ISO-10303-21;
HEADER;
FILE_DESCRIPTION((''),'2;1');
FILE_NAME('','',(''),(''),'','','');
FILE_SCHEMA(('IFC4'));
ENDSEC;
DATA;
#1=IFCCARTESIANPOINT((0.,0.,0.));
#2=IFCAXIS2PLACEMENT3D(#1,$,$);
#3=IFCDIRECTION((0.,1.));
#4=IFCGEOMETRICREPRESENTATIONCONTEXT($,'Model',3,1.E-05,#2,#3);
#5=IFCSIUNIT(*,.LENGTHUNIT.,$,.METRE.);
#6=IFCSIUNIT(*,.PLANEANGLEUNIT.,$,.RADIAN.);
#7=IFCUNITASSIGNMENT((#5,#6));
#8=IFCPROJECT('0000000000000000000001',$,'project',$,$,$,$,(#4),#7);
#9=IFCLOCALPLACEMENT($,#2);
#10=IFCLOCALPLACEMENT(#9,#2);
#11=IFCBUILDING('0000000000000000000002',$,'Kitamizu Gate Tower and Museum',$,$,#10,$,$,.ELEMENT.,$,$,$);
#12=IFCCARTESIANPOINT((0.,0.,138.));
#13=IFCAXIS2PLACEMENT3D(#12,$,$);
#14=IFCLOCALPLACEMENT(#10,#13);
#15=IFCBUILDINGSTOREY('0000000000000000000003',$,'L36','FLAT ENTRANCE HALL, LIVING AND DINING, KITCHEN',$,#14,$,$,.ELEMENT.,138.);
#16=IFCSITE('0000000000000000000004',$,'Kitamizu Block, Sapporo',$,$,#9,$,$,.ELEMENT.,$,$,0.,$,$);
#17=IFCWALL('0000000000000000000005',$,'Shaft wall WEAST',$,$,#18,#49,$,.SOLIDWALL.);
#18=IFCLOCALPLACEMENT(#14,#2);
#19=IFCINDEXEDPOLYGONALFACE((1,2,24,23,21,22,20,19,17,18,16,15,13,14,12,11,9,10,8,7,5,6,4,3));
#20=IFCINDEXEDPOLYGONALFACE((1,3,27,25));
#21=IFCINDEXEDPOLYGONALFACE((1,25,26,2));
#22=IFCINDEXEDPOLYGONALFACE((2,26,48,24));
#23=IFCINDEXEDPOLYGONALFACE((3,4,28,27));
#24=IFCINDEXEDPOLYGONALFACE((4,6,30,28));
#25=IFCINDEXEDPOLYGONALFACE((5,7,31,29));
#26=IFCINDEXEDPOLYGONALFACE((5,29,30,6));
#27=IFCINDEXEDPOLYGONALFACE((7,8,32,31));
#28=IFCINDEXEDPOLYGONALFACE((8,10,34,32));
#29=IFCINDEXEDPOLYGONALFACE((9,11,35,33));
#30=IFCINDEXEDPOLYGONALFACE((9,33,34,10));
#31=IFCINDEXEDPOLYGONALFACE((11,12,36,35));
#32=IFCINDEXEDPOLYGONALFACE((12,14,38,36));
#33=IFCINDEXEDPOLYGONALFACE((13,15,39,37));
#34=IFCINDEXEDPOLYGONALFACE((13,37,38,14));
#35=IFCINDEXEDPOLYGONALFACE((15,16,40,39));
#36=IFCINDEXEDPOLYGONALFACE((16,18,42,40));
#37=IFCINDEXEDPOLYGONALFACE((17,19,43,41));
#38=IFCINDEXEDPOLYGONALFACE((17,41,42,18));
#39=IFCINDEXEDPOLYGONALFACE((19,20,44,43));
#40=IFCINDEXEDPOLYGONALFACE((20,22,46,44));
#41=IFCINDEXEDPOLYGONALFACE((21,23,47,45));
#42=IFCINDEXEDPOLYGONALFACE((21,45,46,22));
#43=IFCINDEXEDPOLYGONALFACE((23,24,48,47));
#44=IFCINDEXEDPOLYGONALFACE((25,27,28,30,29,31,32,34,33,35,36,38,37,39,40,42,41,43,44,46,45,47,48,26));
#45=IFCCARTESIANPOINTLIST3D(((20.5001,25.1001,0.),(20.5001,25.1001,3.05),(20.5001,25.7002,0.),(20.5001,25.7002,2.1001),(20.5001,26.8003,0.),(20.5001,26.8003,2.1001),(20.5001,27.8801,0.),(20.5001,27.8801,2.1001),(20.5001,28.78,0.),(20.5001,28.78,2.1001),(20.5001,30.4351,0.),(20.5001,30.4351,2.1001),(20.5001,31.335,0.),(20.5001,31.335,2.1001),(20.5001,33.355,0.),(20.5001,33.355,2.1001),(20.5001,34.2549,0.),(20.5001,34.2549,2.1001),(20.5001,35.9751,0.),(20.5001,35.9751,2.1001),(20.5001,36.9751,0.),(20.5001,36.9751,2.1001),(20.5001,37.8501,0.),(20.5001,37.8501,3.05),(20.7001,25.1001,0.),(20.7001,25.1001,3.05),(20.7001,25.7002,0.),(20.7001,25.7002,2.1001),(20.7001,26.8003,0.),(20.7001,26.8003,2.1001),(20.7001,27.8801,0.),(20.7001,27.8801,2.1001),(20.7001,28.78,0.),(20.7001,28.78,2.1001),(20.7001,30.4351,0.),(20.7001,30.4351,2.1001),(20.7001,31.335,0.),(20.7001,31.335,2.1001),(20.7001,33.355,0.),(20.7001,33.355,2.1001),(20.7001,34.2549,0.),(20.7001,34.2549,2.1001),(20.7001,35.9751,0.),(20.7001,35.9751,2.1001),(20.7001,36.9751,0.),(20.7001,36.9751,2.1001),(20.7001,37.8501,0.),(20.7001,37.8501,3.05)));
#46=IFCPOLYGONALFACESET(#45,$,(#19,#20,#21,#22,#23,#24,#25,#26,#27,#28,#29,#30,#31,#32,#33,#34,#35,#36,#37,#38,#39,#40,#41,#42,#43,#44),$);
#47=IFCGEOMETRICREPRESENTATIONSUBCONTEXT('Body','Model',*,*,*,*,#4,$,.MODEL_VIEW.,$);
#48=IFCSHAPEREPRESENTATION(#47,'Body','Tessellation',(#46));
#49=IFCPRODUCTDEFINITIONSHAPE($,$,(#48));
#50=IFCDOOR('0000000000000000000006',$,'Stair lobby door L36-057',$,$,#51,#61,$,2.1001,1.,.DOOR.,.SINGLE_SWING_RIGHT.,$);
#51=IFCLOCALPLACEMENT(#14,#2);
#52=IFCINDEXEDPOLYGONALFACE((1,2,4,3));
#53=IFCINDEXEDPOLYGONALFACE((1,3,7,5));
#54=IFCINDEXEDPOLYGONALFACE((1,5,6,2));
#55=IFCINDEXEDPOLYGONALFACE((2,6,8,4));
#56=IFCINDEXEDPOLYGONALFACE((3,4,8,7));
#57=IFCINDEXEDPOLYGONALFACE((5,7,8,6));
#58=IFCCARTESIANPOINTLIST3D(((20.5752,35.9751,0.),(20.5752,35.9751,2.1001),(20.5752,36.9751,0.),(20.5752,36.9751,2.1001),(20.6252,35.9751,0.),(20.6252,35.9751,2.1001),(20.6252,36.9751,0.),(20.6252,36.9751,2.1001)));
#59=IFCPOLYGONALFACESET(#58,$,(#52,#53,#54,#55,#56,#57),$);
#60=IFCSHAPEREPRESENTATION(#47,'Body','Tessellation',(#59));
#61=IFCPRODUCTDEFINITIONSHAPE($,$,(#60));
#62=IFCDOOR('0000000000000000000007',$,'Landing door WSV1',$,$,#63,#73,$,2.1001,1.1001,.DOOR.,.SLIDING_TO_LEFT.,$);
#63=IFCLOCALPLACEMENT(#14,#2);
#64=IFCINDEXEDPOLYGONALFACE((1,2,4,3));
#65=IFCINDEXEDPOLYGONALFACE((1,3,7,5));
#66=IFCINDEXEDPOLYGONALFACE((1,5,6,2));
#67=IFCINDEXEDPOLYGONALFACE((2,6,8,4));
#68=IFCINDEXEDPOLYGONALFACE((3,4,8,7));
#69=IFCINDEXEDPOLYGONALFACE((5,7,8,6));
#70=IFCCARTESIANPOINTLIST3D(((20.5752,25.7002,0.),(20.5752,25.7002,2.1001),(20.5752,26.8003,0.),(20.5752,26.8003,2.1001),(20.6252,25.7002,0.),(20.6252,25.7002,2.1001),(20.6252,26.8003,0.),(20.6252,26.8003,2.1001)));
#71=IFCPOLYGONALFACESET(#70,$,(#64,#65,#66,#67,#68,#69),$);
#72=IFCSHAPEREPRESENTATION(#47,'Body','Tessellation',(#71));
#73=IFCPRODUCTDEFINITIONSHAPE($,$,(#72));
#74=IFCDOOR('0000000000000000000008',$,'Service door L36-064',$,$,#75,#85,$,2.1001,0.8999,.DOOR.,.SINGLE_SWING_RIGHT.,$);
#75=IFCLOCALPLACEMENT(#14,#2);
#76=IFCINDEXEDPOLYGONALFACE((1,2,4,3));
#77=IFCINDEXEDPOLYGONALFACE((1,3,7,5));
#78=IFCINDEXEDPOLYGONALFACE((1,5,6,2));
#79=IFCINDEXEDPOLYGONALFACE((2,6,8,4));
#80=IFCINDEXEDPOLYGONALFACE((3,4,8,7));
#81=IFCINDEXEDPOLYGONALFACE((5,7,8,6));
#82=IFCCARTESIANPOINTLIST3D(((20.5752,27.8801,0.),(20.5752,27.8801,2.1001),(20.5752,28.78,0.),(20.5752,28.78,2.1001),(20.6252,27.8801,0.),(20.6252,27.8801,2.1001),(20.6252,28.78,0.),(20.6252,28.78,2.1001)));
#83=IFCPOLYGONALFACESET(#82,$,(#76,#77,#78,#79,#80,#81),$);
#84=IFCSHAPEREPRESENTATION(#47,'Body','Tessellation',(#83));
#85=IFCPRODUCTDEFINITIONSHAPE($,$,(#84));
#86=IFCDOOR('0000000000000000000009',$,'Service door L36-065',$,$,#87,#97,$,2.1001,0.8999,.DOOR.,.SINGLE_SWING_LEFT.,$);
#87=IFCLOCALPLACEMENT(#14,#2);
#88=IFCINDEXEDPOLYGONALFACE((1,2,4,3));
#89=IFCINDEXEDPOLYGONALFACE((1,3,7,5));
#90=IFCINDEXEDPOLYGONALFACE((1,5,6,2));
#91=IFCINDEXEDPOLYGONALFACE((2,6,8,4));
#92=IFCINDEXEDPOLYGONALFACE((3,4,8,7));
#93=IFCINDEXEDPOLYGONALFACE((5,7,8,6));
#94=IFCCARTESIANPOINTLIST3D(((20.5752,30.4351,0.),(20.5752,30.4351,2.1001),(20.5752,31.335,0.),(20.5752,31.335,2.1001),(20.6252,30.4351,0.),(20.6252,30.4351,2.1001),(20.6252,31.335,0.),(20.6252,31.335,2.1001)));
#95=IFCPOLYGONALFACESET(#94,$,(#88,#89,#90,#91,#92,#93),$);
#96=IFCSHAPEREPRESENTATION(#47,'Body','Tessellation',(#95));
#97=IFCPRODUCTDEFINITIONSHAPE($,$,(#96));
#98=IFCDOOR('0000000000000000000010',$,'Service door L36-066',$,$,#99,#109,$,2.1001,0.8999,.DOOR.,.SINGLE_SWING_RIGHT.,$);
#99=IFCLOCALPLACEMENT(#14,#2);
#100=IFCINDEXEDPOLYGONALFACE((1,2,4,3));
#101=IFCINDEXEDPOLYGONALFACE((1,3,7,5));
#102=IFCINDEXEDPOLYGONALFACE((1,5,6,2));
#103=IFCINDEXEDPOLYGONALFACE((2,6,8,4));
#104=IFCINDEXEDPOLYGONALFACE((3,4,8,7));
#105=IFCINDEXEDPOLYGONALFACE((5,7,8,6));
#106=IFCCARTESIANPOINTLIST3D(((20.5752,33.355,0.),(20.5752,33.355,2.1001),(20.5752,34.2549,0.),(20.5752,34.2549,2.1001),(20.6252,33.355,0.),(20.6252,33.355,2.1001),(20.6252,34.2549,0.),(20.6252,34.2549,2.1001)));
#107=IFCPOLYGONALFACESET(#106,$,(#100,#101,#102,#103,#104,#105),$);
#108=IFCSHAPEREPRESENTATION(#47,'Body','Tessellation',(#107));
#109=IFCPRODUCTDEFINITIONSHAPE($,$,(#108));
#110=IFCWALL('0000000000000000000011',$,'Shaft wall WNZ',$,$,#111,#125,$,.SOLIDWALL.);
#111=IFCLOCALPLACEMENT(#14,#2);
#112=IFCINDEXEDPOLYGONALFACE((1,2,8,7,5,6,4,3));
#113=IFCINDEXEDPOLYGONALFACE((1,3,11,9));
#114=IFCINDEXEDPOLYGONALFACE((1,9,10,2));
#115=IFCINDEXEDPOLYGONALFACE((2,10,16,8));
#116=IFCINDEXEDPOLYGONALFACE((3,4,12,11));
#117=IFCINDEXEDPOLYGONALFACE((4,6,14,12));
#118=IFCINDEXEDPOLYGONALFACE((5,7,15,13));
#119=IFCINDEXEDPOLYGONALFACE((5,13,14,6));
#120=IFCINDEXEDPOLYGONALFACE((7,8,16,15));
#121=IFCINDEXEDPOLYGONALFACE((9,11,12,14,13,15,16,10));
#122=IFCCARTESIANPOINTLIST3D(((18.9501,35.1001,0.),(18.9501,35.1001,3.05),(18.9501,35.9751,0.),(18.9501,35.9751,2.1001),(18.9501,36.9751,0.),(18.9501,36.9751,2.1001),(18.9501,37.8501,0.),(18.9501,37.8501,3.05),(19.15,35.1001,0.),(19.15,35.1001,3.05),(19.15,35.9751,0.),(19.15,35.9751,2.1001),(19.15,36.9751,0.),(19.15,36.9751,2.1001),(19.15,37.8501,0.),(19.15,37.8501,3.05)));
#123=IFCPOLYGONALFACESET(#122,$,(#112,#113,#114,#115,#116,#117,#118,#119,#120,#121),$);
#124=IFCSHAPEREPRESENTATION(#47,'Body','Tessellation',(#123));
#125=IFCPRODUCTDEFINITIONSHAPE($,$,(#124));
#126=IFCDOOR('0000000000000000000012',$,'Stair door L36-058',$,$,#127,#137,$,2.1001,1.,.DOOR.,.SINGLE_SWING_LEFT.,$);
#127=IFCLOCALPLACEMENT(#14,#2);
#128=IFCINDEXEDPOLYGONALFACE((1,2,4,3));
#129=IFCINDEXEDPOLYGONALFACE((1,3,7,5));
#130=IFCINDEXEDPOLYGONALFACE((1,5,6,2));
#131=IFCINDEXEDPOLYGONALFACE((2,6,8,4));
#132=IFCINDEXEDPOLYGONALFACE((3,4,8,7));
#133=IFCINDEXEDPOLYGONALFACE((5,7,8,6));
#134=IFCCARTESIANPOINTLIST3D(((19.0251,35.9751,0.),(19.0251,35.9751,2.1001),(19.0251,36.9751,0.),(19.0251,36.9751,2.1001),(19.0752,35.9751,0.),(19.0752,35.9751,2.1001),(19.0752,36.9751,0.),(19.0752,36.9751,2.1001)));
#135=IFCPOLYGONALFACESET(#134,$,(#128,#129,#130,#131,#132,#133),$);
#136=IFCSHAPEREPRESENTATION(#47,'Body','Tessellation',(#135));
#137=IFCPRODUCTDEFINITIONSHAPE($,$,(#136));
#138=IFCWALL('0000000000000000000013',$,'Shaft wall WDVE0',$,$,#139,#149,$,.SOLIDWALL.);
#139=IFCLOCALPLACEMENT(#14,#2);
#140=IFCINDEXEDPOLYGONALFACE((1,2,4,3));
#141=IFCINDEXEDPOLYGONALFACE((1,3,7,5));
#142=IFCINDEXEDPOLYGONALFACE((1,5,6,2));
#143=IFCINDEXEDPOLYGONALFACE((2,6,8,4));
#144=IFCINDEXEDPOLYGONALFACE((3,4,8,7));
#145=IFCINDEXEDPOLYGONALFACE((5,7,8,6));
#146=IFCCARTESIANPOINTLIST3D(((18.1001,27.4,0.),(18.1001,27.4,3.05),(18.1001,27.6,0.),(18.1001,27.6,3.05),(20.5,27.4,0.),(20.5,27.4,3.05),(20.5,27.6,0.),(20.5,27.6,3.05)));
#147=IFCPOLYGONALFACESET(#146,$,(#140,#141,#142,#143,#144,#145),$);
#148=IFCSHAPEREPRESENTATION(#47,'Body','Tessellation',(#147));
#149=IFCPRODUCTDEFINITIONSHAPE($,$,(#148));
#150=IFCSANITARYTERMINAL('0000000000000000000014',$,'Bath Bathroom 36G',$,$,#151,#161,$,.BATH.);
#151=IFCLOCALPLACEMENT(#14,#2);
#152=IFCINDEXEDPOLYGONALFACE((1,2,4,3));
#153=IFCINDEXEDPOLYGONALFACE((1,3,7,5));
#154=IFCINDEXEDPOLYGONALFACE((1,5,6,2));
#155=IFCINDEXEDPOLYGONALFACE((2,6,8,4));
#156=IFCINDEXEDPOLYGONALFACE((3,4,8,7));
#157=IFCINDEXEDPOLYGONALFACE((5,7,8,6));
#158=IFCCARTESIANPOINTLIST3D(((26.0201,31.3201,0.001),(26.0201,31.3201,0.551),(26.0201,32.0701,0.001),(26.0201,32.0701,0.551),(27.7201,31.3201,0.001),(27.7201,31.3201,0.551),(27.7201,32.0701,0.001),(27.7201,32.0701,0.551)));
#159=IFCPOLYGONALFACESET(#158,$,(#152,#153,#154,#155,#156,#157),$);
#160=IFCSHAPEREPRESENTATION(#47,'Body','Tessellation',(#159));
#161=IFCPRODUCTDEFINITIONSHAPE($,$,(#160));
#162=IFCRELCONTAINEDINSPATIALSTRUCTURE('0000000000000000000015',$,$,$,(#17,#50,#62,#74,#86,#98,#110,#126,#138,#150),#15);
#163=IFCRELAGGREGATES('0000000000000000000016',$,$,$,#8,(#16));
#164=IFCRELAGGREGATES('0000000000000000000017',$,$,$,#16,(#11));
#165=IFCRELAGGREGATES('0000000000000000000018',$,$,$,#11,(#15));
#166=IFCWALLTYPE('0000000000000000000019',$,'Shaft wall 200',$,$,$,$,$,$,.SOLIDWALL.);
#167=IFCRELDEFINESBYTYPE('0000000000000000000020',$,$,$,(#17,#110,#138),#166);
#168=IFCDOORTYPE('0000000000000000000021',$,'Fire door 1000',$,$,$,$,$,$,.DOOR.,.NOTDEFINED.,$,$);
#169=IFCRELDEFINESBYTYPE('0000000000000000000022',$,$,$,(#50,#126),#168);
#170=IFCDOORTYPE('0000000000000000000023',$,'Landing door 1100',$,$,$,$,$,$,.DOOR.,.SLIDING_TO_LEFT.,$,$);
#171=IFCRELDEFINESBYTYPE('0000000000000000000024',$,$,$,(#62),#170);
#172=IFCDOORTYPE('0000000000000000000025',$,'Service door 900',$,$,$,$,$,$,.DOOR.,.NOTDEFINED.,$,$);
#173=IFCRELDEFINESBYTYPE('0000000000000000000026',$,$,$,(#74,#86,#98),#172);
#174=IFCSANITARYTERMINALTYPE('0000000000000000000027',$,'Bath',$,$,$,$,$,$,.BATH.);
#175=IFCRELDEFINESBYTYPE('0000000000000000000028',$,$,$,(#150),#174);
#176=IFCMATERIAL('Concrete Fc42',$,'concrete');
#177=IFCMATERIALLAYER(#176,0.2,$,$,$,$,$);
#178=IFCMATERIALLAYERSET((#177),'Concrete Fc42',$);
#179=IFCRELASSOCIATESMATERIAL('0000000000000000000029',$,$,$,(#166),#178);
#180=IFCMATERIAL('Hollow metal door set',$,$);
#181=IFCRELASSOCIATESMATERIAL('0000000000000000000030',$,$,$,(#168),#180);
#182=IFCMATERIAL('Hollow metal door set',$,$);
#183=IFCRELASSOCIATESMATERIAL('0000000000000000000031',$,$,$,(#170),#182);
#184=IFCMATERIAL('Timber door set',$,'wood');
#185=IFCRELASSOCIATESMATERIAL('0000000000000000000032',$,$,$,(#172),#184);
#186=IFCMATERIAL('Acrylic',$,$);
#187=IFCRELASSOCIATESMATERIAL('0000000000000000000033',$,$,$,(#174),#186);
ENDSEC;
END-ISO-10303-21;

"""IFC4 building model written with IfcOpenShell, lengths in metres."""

from ifc_helpers import new_model, si_unit, direction, frame, frame_2d, origin, origin_2d, place, context, subcontext, project, spatial, rectangle, extrude, material, layer, layer_set, type_object, element, fill, save


model = new_model("IFC4")

# Units and contexts
model_context = context("Model", 3, precision=1e-05, world=origin(), true_north=direction((0.0, 1.0)))
body_context = subcontext(model_context, "Body", "Model", "MODEL_VIEW")
ifc_project = project(units=[si_unit("LENGTHUNIT", "METRE"), si_unit("PLANEANGLEUNIT", "RADIAN")], contexts=[model_context])

# Site, building, storey
site_placement = place(None, origin())
site = spatial("IfcSite", under=ifc_project, at=site_placement, Name="Kitamizu Block, Sapporo", CompositionType="ELEMENT", RefElevation=0.0)
building_placement = place(site_placement, origin())
building = spatial("IfcBuilding", under=site, at=building_placement, Name="Kitamizu Gate Tower and Museum", CompositionType="ELEMENT")
storey_placement = place(building_placement, frame((0.0, 0.0, 138.0)))
storey = spatial("IfcBuildingStorey", under=building, at=storey_placement, Name="L36", Description="FLAT ENTRANCE HALL, LIVING AND DINING, KITCHEN", CompositionType="ELEMENT", Elevation=138.0)

# Wall, openings, doors
ifc_material_1 = material(Name="Concrete Fc42", Category="concrete")
ifc_layer_1 = layer(ifc_material_1, 0.2)
ifc_layer_set_1 = layer_set([ifc_layer_1], Name="Concrete Fc42")
wall_type_1 = type_object("IfcWallType", Name="Shaft wall 200", PredefinedType="SOLIDWALL", material=ifc_layer_set_1)
wall_1_placement = place(storey_placement, frame((20.6001, 25.1001, 0.0), z_axis=(0.0, 0.0, 1.0), x_axis=(0.0, 1.0, 0.0)))
wall_1 = element("IfcWall", 1, at=wall_1_placement, inside=storey, type_object=wall_type_1, Name="Shaft wall WEAST", PredefinedType="SOLIDWALL", context=body_context, shape_type="SweptSolid", body=[
    extrude(rectangle(XDim=12.75, YDim=0.2, at=frame_2d((6.375, 0.0))), origin(), (0.0, 0.0, 1.0), 3.05),
])
opening_1_placement = place(wall_1_placement, frame((0.6001, 0.0, 0.0)))
opening_1 = element("IfcOpeningElement", 2, at=opening_1_placement, cuts=wall_1, PredefinedType="OPENING", context=body_context, shape_type="SweptSolid", body=[
    extrude(rectangle(XDim=1.1001, YDim=2.1001, at=frame_2d((0.55, 1.05))), frame((0.0, 0.1099, 0.0), z_axis=(0.0, -1.0, 0.0), x_axis=(1.0, 0.0, 0.0)), (0.0, 0.0, 1.0), 0.22),
])
opening_2_placement = place(wall_1_placement, frame((10.875, 0.0, 0.0)))
opening_2 = element("IfcOpeningElement", 3, at=opening_2_placement, cuts=wall_1, PredefinedType="OPENING", context=body_context, shape_type="SweptSolid", body=[
    extrude(rectangle(XDim=1.0, YDim=2.1001, at=frame_2d((0.5, 1.05))), frame((0.0, 0.1099, 0.0), z_axis=(0.0, -1.0, 0.0), x_axis=(1.0, 0.0, 0.0)), (0.0, 0.0, 1.0), 0.22),
])
opening_3_placement = place(wall_1_placement, frame((2.78, 0.0, 0.0)))
opening_3 = element("IfcOpeningElement", 4, at=opening_3_placement, cuts=wall_1, PredefinedType="OPENING", context=body_context, shape_type="SweptSolid", body=[
    extrude(rectangle(XDim=0.8999, YDim=2.1001, at=frame_2d((0.45, 1.05))), frame((0.0, 0.1099, 0.0), z_axis=(0.0, -1.0, 0.0), x_axis=(1.0, 0.0, 0.0)), (0.0, 0.0, 1.0), 0.22),
])
opening_4_placement = place(wall_1_placement, frame((5.335, 0.0, 0.0)))
opening_4 = element("IfcOpeningElement", 5, at=opening_4_placement, cuts=wall_1, PredefinedType="OPENING", context=body_context, shape_type="SweptSolid", body=[
    extrude(rectangle(XDim=0.8999, YDim=2.1001, at=frame_2d((0.45, 1.05))), frame((0.0, 0.1099, 0.0), z_axis=(0.0, -1.0, 0.0), x_axis=(1.0, 0.0, 0.0)), (0.0, 0.0, 1.0), 0.22),
])
opening_5_placement = place(wall_1_placement, frame((8.2549, 0.0, 0.0)))
opening_5 = element("IfcOpeningElement", 6, at=opening_5_placement, cuts=wall_1, PredefinedType="OPENING", context=body_context, shape_type="SweptSolid", body=[
    extrude(rectangle(XDim=0.8999, YDim=2.1001, at=frame_2d((0.45, 1.05))), frame((0.0, 0.1099, 0.0), z_axis=(0.0, -1.0, 0.0), x_axis=(1.0, 0.0, 0.0)), (0.0, 0.0, 1.0), 0.22),
])
ifc_material_2 = material(Name="Hollow metal door set")
door_type_1 = type_object("IfcDoorType", Name="Fire door 1000", OperationType="NOTDEFINED", PredefinedType="DOOR", material=ifc_material_2)
door_1_placement = place(opening_2_placement, origin())
door_1 = element("IfcDoor", 7, at=door_1_placement, inside=storey, type_object=door_type_1, Name="Stair lobby door L36-057", OperationType="SINGLE_SWING_RIGHT", OverallHeight=2.1001, OverallWidth=1.0, PredefinedType="DOOR", context=body_context, shape_type="SweptSolid", body=[
    extrude(rectangle(XDim=1.0, YDim=2.1001, at=frame_2d((0.5, 1.05))), frame((0.0, 0.0249, 0.0), z_axis=(0.0, -1.0, 0.0), x_axis=(1.0, 0.0, 0.0)), (0.0, 0.0, 1.0), 0.05),
])
fill(opening_2, door_1)
ifc_material_3 = material(Name="Hollow metal door set")
door_type_2 = type_object("IfcDoorType", Name="Landing door 1100", OperationType="SLIDING_TO_LEFT", PredefinedType="DOOR", material=ifc_material_3)
door_2_placement = place(opening_1_placement, origin())
door_2 = element("IfcDoor", 8, at=door_2_placement, inside=storey, type_object=door_type_2, Name="Landing door WSV1", OperationType="SLIDING_TO_LEFT", OverallHeight=2.1001, OverallWidth=1.1001, PredefinedType="DOOR", context=body_context, shape_type="SweptSolid", body=[
    extrude(rectangle(XDim=1.1001, YDim=2.1001, at=frame_2d((0.55, 1.05))), frame((0.0, 0.0249, 0.0), z_axis=(0.0, -1.0, 0.0), x_axis=(1.0, 0.0, 0.0)), (0.0, 0.0, 1.0), 0.05),
])
fill(opening_1, door_2)
ifc_material_4 = material(Name="Timber door set", Category="wood")
door_type_3 = type_object("IfcDoorType", Name="Service door 900", OperationType="NOTDEFINED", PredefinedType="DOOR", material=ifc_material_4)
door_3_placement = place(opening_3_placement, origin())
door_3 = element("IfcDoor", 9, at=door_3_placement, inside=storey, type_object=door_type_3, Name="Service door L36-064", OperationType="SINGLE_SWING_RIGHT", OverallHeight=2.1001, OverallWidth=0.8999, PredefinedType="DOOR", context=body_context, shape_type="SweptSolid", body=[
    extrude(rectangle(XDim=0.8999, YDim=2.1001, at=frame_2d((0.45, 1.05))), frame((0.0, 0.0249, 0.0), z_axis=(0.0, -1.0, 0.0), x_axis=(1.0, 0.0, 0.0)), (0.0, 0.0, 1.0), 0.05),
])
fill(opening_3, door_3)
door_4_placement = place(opening_4_placement, origin())
door_4 = element("IfcDoor", 10, at=door_4_placement, inside=storey, type_object=door_type_3, Name="Service door L36-065", OperationType="SINGLE_SWING_LEFT", OverallHeight=2.1001, OverallWidth=0.8999, PredefinedType="DOOR", context=body_context, shape_type="SweptSolid", body=[
    extrude(rectangle(XDim=0.8999, YDim=2.1001, at=frame_2d((0.45, 1.05))), frame((0.0, 0.0249, 0.0), z_axis=(0.0, -1.0, 0.0), x_axis=(1.0, 0.0, 0.0)), (0.0, 0.0, 1.0), 0.05),
])
fill(opening_4, door_4)
door_5_placement = place(opening_5_placement, origin())
door_5 = element("IfcDoor", 11, at=door_5_placement, inside=storey, type_object=door_type_3, Name="Service door L36-066", OperationType="SINGLE_SWING_RIGHT", OverallHeight=2.1001, OverallWidth=0.8999, PredefinedType="DOOR", context=body_context, shape_type="SweptSolid", body=[
    extrude(rectangle(XDim=0.8999, YDim=2.1001, at=frame_2d((0.45, 1.05))), frame((0.0, 0.0249, 0.0), z_axis=(0.0, -1.0, 0.0), x_axis=(1.0, 0.0, 0.0)), (0.0, 0.0, 1.0), 0.05),
])
fill(opening_5, door_5)

# Wall, opening, door
wall_2_placement = place(storey_placement, frame((19.05, 35.1001, 0.0), z_axis=(0.0, 0.0, 1.0), x_axis=(0.0, 1.0, 0.0)))
wall_2 = element("IfcWall", 12, at=wall_2_placement, inside=storey, type_object=wall_type_1, Name="Shaft wall WNZ", PredefinedType="SOLIDWALL", context=body_context, shape_type="SweptSolid", body=[
    extrude(rectangle(XDim=2.75, YDim=0.2, at=frame_2d((1.375, 0.0))), origin(), (0.0, 0.0, 1.0), 3.05),
])
opening_6_placement = place(wall_2_placement, frame((0.875, 0.0, 0.0)))
opening_6 = element("IfcOpeningElement", 13, at=opening_6_placement, cuts=wall_2, PredefinedType="OPENING", context=body_context, shape_type="SweptSolid", body=[
    extrude(rectangle(XDim=1.0, YDim=2.1001, at=frame_2d((0.5, 1.05))), frame((0.0, 0.1099, 0.0), z_axis=(0.0, -1.0, 0.0), x_axis=(1.0, 0.0, 0.0)), (0.0, 0.0, 1.0), 0.22),
])
door_6_placement = place(opening_6_placement, origin())
door_6 = element("IfcDoor", 14, at=door_6_placement, inside=storey, type_object=door_type_1, Name="Stair door L36-058", OperationType="SINGLE_SWING_LEFT", OverallHeight=2.1001, OverallWidth=1.0, PredefinedType="DOOR", context=body_context, shape_type="SweptSolid", body=[
    extrude(rectangle(XDim=1.0, YDim=2.1001, at=frame_2d((0.5, 1.05))), frame((0.0, 0.0249, 0.0), z_axis=(0.0, -1.0, 0.0), x_axis=(1.0, 0.0, 0.0)), (0.0, 0.0, 1.0), 0.05),
])
fill(opening_6, door_6)

# Wall
wall_3_placement = place(storey_placement, frame((18.1001, 27.5, 0.0), z_axis=(0.0, 0.0, 1.0), x_axis=(1.0, 0.0, 0.0)))
element("IfcWall", 15, at=wall_3_placement, inside=storey, type_object=wall_type_1, Name="Shaft wall WDVE0", PredefinedType="SOLIDWALL", context=body_context, shape_type="SweptSolid", body=[
    extrude(rectangle(XDim=2.3999, YDim=0.2, at=frame_2d((1.2, 0.0))), origin(), (0.0, 0.0, 1.0), 3.05),
])

# Sanitary terminal
ifc_material_5 = material(Name="Acrylic")
sanitary_terminal_type_1 = type_object("IfcSanitaryTerminalType", Name="Bath", PredefinedType="BATH", material=ifc_material_5)
sanitary_terminal_1_placement = place(storey_placement, frame((26.8701, 31.6951, 0.001), z_axis=(0.0, 0.0, 1.0), x_axis=(1.0, 0.0, 0.0)))
element("IfcSanitaryTerminal", 16, at=sanitary_terminal_1_placement, inside=storey, type_object=sanitary_terminal_type_1, Name="Bath Bathroom 36G", PredefinedType="BATH", context=body_context, shape_type="SweptSolid", body=[
    extrude(rectangle(XDim=1.7, YDim=0.75, at=origin_2d()), origin(), (0.0, 0.0, 1.0), 0.55),
])

save(model, "model.ifc")
